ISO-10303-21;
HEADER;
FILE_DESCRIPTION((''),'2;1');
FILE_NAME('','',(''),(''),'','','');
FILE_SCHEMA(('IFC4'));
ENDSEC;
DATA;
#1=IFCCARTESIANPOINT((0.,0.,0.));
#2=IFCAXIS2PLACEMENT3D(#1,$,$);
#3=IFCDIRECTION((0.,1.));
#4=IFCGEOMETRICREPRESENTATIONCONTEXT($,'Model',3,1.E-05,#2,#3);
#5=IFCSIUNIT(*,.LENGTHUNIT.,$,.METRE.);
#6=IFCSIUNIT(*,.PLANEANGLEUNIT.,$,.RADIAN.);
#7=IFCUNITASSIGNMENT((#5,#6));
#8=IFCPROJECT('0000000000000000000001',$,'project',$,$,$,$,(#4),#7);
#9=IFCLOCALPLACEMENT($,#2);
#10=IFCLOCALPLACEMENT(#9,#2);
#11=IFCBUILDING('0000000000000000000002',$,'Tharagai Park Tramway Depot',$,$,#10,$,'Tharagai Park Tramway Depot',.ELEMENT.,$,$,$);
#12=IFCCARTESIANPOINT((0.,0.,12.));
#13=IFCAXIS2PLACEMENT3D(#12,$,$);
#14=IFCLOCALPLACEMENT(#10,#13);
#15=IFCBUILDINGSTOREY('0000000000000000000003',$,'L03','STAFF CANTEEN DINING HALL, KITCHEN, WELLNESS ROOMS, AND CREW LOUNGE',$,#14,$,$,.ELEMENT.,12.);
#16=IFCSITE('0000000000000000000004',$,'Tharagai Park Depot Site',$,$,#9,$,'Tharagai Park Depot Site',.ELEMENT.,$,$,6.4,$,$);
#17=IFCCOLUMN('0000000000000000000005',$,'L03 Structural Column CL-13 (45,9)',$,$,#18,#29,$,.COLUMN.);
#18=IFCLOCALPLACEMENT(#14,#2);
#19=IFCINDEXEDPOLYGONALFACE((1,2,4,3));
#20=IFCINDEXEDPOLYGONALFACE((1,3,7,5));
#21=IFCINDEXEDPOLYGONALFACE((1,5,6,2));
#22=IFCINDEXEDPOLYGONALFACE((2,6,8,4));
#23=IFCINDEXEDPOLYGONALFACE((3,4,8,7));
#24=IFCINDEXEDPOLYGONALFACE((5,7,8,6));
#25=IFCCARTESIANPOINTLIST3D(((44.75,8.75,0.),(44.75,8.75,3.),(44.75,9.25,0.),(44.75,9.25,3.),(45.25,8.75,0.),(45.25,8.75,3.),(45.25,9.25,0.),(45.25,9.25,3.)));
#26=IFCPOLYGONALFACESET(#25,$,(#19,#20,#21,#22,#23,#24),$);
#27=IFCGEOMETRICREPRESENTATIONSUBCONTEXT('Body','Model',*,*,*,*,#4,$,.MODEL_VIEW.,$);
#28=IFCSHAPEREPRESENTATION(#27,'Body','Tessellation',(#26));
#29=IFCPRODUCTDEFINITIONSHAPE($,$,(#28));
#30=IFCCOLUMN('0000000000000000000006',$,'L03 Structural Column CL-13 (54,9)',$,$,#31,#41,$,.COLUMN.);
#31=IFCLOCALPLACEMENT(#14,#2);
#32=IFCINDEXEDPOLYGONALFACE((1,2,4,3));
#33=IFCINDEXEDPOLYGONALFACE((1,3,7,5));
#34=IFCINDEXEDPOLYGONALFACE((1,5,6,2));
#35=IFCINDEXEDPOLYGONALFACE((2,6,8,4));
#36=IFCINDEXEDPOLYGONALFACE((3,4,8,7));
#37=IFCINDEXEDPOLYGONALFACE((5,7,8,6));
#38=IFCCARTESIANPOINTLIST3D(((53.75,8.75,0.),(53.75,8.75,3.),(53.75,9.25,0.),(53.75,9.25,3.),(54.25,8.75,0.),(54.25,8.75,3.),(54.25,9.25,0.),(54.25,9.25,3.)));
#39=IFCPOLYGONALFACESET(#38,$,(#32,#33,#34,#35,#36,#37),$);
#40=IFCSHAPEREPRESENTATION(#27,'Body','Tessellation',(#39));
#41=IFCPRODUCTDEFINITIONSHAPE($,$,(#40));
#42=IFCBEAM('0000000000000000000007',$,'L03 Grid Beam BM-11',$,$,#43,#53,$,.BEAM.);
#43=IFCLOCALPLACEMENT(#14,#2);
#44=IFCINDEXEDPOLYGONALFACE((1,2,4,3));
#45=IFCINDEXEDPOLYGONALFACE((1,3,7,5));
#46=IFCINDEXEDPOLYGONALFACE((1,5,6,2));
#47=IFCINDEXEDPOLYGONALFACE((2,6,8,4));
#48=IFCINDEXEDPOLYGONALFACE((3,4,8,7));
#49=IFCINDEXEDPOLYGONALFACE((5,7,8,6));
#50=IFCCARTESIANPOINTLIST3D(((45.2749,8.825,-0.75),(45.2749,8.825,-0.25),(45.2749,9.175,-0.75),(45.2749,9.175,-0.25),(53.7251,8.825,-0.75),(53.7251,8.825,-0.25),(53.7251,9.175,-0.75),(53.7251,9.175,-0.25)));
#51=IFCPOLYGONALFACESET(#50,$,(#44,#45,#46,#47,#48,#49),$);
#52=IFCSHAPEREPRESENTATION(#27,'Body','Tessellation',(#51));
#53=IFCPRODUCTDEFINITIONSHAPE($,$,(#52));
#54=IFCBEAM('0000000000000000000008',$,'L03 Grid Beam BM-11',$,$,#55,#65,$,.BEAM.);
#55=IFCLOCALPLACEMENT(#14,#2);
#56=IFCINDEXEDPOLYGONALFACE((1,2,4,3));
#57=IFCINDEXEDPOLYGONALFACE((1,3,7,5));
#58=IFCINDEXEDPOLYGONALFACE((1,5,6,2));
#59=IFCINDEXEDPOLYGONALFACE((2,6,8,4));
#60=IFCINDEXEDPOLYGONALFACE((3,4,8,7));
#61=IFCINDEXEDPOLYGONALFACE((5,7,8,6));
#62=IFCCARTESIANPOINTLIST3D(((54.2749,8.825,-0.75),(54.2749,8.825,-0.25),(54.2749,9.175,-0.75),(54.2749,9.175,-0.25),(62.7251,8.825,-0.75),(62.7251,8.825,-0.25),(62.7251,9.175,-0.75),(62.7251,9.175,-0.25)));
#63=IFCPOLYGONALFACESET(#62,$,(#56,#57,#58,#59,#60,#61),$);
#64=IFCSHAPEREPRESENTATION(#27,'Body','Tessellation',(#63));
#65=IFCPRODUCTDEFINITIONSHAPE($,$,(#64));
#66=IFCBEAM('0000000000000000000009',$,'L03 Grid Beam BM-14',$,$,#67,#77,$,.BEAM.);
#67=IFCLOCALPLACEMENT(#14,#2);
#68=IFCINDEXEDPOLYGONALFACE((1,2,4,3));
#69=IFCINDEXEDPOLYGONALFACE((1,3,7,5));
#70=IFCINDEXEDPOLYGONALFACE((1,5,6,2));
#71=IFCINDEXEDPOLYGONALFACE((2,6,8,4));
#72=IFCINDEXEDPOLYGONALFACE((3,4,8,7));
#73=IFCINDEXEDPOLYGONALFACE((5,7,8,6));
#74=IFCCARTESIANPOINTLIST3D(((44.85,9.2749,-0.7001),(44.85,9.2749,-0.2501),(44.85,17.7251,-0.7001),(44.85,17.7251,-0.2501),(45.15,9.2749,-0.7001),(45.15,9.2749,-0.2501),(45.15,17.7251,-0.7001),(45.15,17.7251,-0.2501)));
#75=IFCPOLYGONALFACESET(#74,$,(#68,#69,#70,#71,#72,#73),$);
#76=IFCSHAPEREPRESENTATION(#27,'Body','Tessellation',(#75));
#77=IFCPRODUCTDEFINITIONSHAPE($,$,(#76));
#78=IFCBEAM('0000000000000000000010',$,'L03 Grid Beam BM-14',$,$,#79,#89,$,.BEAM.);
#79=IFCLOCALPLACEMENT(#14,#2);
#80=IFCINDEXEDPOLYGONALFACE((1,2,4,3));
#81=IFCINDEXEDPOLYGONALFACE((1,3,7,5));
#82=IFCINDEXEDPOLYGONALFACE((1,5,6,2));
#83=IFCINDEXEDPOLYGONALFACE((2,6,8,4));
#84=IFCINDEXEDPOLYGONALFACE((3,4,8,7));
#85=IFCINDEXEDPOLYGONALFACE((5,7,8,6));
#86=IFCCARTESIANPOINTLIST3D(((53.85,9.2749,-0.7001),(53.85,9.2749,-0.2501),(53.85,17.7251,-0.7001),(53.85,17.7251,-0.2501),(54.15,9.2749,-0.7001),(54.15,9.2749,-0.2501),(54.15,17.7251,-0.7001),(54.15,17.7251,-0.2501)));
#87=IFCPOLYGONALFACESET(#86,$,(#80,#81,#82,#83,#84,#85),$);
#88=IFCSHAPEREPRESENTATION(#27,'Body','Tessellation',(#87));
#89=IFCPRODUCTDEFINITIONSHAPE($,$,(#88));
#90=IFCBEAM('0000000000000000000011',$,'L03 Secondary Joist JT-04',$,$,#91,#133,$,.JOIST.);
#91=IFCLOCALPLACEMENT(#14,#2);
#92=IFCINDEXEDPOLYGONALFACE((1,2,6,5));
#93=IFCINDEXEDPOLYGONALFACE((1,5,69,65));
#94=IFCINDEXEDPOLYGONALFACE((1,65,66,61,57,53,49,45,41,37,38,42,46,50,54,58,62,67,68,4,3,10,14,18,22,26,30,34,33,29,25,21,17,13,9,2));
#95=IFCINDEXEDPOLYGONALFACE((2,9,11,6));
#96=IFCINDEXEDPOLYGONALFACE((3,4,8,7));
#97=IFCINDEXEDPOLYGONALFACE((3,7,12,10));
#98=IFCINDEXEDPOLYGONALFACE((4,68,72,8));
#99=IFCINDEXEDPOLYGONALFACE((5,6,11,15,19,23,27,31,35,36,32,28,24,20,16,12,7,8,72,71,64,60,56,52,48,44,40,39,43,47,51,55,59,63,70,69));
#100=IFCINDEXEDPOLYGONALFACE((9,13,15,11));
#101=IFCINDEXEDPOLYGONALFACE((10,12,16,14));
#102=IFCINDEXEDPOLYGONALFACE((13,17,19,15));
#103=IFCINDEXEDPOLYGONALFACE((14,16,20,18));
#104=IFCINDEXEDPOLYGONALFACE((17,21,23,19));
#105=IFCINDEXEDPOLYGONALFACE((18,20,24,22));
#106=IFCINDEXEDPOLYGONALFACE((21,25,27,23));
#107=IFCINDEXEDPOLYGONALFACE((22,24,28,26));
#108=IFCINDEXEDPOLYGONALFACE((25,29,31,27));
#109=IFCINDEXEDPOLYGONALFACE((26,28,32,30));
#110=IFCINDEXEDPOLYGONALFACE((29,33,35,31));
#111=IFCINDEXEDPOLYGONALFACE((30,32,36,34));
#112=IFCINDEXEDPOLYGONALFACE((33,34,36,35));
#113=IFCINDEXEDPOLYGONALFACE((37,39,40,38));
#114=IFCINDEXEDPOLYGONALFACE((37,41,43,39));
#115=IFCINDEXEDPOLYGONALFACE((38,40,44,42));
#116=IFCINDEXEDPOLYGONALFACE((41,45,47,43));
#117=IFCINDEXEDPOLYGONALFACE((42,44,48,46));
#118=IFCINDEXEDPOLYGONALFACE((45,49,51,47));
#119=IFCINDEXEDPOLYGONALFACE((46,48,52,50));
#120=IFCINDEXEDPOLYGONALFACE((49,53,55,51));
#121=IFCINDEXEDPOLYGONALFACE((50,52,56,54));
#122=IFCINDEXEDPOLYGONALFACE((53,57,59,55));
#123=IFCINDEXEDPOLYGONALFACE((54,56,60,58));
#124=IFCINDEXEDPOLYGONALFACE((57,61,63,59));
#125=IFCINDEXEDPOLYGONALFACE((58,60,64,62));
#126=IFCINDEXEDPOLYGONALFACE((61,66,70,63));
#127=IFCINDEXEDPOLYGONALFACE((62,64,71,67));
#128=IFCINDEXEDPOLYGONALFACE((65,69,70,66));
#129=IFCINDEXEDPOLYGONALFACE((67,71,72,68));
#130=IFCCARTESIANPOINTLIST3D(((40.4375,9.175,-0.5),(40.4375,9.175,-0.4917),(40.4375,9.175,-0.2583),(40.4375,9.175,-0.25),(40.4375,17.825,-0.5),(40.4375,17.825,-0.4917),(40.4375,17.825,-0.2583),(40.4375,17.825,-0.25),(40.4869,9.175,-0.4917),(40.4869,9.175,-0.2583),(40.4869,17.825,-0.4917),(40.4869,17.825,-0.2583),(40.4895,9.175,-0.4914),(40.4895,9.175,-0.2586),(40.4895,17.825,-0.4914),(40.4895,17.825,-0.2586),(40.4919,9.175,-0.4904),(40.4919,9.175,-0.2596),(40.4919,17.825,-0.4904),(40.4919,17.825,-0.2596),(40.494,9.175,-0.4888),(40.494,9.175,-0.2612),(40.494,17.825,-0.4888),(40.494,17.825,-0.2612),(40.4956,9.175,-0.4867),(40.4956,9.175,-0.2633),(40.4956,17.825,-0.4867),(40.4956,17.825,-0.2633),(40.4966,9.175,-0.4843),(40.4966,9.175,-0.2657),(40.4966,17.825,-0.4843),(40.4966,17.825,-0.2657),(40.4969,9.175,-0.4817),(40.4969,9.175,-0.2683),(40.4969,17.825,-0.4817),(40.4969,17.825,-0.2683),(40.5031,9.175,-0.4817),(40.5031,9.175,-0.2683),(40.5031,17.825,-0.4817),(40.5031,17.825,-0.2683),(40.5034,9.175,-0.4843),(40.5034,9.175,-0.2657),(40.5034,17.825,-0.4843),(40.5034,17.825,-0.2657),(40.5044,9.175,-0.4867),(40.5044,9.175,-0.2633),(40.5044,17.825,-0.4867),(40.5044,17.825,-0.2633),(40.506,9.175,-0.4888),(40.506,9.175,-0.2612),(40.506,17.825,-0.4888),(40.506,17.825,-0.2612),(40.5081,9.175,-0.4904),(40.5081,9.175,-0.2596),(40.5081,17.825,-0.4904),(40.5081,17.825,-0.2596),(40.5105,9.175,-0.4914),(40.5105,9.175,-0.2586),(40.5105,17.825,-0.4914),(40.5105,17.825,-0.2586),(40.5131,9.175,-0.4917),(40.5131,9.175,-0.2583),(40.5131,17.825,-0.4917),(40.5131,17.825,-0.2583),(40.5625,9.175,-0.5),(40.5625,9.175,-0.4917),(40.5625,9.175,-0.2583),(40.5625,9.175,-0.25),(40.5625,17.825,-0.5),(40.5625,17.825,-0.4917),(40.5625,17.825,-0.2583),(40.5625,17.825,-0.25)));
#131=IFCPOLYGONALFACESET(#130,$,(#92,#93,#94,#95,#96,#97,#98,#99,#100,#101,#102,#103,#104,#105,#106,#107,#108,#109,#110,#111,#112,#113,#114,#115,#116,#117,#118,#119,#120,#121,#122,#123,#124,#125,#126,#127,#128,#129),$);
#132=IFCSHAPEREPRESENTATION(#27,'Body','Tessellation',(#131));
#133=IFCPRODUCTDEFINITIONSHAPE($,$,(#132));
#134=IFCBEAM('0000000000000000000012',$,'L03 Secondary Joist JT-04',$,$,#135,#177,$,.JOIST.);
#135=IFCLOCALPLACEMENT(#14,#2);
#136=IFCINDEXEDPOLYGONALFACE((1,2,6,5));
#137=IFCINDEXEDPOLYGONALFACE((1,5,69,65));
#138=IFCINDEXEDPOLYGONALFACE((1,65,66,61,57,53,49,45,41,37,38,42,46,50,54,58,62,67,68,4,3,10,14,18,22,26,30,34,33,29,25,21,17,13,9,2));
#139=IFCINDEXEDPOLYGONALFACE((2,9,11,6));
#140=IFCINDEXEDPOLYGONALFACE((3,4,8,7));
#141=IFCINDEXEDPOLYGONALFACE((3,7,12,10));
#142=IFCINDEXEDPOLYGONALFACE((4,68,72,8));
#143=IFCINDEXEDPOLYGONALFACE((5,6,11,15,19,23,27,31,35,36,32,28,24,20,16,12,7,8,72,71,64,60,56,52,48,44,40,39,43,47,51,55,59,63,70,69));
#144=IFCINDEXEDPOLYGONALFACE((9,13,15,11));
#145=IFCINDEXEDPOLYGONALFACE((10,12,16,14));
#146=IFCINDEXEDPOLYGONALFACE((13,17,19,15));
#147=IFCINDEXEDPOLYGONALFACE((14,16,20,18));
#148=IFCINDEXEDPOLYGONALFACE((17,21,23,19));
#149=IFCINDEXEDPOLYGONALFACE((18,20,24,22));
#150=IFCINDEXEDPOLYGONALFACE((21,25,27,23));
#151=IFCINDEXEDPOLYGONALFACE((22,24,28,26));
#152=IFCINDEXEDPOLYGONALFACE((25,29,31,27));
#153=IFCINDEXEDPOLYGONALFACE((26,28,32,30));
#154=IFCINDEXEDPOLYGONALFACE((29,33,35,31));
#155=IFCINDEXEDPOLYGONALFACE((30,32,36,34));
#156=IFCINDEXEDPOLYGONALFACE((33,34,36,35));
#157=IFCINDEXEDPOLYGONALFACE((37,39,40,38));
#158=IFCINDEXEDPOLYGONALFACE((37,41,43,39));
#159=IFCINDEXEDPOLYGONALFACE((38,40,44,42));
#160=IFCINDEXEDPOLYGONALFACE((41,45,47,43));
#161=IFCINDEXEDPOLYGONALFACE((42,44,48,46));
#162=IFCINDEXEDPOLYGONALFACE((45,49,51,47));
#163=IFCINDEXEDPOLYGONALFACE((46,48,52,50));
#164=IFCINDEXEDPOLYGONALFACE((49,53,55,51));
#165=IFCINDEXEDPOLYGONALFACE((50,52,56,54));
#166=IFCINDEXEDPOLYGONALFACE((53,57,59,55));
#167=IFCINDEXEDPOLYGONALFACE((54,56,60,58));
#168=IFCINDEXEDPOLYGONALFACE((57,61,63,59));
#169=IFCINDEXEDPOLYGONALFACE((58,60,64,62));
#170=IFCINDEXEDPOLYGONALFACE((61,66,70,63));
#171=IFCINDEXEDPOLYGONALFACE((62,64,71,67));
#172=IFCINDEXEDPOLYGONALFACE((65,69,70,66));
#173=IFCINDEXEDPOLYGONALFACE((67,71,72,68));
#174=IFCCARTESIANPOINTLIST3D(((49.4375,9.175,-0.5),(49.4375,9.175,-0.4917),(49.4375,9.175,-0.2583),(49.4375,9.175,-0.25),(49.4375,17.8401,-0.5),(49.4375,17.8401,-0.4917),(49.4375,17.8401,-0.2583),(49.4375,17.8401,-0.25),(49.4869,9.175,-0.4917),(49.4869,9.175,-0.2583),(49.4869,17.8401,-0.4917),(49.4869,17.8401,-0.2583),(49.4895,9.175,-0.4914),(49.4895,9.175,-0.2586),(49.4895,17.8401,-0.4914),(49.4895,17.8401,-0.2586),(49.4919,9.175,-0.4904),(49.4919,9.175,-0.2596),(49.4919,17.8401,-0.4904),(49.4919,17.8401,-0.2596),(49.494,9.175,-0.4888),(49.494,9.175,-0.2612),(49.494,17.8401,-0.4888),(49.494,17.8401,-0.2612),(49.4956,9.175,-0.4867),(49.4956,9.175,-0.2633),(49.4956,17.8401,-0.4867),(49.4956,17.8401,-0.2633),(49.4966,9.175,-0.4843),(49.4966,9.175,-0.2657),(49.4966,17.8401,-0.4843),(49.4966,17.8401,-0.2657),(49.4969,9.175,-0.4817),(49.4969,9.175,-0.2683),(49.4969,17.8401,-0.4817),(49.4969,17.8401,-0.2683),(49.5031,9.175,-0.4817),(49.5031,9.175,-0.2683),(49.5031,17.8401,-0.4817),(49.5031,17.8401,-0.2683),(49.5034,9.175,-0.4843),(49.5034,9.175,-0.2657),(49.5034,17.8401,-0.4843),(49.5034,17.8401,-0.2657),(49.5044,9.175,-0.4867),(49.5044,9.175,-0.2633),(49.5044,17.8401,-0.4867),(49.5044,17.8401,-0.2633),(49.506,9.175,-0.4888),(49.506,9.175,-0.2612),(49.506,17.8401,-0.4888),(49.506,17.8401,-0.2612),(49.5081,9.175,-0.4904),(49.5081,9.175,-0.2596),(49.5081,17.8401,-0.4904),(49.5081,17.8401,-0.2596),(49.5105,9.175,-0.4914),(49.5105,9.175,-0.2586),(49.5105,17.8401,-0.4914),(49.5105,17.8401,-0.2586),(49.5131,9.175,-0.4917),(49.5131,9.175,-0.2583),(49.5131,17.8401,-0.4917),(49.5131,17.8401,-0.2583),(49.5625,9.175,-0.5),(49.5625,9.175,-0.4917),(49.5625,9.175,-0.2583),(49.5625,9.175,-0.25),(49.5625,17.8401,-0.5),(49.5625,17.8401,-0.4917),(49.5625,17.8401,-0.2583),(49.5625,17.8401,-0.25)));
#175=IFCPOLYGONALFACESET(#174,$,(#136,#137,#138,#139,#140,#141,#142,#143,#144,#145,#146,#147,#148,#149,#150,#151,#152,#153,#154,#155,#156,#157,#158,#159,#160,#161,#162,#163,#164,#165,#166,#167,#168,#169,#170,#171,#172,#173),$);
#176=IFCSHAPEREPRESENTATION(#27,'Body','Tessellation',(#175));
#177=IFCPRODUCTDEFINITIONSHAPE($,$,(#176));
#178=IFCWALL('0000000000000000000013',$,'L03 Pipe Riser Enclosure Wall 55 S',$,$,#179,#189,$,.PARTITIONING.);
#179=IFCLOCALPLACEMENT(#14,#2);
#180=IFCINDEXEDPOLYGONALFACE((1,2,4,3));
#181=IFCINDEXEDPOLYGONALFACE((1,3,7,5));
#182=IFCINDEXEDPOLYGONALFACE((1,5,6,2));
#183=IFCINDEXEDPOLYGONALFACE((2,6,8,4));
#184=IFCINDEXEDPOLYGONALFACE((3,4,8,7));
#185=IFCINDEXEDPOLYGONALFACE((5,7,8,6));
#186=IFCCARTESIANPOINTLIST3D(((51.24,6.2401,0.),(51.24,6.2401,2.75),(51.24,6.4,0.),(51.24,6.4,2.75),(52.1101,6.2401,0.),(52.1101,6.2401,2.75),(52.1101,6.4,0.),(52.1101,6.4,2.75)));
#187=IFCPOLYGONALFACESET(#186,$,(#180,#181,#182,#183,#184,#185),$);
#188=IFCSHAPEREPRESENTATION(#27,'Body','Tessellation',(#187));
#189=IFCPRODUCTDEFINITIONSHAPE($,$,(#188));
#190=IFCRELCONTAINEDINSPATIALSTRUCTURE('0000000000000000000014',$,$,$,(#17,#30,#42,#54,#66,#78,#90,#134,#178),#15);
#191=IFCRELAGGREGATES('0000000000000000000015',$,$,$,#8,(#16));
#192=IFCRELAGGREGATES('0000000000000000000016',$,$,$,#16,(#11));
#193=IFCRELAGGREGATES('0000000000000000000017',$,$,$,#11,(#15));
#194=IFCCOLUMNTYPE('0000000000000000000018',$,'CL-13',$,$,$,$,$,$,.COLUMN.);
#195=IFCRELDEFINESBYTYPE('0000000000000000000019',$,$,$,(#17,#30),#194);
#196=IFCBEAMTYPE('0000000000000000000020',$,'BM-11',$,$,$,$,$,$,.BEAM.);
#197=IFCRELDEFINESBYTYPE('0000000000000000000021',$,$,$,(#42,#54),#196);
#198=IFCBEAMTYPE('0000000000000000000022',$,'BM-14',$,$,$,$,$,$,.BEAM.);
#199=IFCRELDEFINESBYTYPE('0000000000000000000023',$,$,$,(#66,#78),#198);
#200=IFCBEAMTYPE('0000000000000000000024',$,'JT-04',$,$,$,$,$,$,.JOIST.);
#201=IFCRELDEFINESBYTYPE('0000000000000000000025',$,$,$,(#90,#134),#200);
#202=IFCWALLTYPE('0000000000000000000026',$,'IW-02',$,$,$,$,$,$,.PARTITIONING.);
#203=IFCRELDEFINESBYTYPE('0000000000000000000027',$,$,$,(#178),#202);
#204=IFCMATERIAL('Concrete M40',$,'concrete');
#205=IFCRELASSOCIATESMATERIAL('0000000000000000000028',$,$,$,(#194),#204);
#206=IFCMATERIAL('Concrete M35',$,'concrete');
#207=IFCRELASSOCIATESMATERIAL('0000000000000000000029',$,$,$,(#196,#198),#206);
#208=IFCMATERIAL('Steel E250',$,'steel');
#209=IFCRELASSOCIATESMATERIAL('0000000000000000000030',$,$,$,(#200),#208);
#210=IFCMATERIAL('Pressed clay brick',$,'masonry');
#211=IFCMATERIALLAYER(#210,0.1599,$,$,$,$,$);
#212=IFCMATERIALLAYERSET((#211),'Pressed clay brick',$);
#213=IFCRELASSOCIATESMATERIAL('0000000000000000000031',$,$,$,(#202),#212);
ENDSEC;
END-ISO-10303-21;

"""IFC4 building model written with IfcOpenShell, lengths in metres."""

from ifc_helpers import new_model, si_unit, direction, frame, frame_2d, origin, origin_2d, place, context, subcontext, project, spatial, rectangle, i_section, extrude, material, layer, layer_set, material_profile, profile_set, type_object, element, save


model = new_model("IFC4")

# Units and contexts
model_context = context("Model", 3, precision=1e-05, world=origin(), true_north=direction((0.0, 1.0)))
body_context = subcontext(model_context, "Body", "Model", "MODEL_VIEW")
ifc_project = project(units=[si_unit("LENGTHUNIT", "METRE"), si_unit("PLANEANGLEUNIT", "RADIAN")], contexts=[model_context])

# Site, building, storey
site_placement = place(None, origin())
site = spatial("IfcSite", under=ifc_project, at=site_placement, Name="Tharagai Park Depot Site", LongName="Tharagai Park Depot Site", CompositionType="ELEMENT", RefElevation=6.4)
building_placement = place(site_placement, origin())
building = spatial("IfcBuilding", under=site, at=building_placement, Name="Tharagai Park Tramway Depot", LongName="Tharagai Park Tramway Depot", CompositionType="ELEMENT")
storey_placement = place(building_placement, frame((0.0, 0.0, 12.0)))
storey = spatial("IfcBuildingStorey", under=building, at=storey_placement, Name="L03", Description="STAFF CANTEEN DINING HALL, KITCHEN, WELLNESS ROOMS, AND CREW LOUNGE", CompositionType="ELEMENT", Elevation=12.0)

# Columns
ifc_material_1 = material(Name="Concrete M40", Category="concrete")
ifc_material_profile_1 = material_profile(ifc_material_1, rectangle(XDim=0.5, YDim=0.5, at=origin_2d()), Name="RC 500x500")
ifc_profile_set_1 = profile_set([ifc_material_profile_1], Name="Concrete M40")
column_type = type_object("IfcColumnType", Name="CL-13", PredefinedType="COLUMN", material=ifc_profile_set_1)
for number, where, z_axis, x_axis, name in (
    (1, (45.0, 9.0, 0.0), (0.0, 0.0, 1.0), (1.0, 0.0, 0.0), "L03 Structural Column CL-13 (45,9)"),
    (2, (54.0, 9.0, 0.0), (0.0, 0.0, 1.0), (1.0, 0.0, 0.0), "L03 Structural Column CL-13 (54,9)"),
):
    element("IfcColumn", number, at=place(storey_placement, frame(where, z_axis=z_axis, x_axis=x_axis)), inside=storey, type_object=column_type, Name=name, PredefinedType="COLUMN", context=body_context, shape_type="SweptSolid", body=[
        extrude(rectangle(XDim=0.5, YDim=0.5, at=origin_2d()), origin(), (0.0, 0.0, 1.0), 3.0),
    ])

# Beams
ifc_material_2 = material(Name="Concrete M35", Category="concrete")
ifc_material_profile_2 = material_profile(ifc_material_2, rectangle(XDim=0.3501, YDim=0.5, at=origin_2d()), Name="RC 350x500")
ifc_profile_set_2 = profile_set([ifc_material_profile_2], Name="Concrete M35")
beam_type_1 = type_object("IfcBeamType", Name="BM-11", PredefinedType="BEAM", material=ifc_profile_set_2)
for number, where, z_axis, x_axis, name in (
    (3, (45.2749, 9.0, -0.5), (1.0, 0.0, 0.0), (0.0, 1.0, 0.0), "L03 Grid Beam BM-11"),
    (4, (54.2749, 9.0, -0.5), (1.0, 0.0, 0.0), (0.0, 1.0, 0.0), "L03 Grid Beam BM-11"),
):
    element("IfcBeam", number, at=place(storey_placement, frame(where, z_axis=z_axis, x_axis=x_axis)), inside=storey, type_object=beam_type_1, Name=name, PredefinedType="BEAM", context=body_context, shape_type="SweptSolid", body=[
        extrude(rectangle(XDim=0.3501, YDim=0.5, at=origin_2d()), origin(), (0.0, 0.0, 1.0), 8.4502),
    ])
ifc_material_profile_3 = material_profile(ifc_material_2, rectangle(XDim=0.3, YDim=0.45, at=origin_2d()), Name="RC 300x450")
ifc_profile_set_3 = profile_set([ifc_material_profile_3], Name="Concrete M35")
beam_type_2 = type_object("IfcBeamType", Name="BM-14", PredefinedType="BEAM", material=ifc_profile_set_3)
for number, where, z_axis, x_axis, name in (
    (5, (45.0, 9.2749, -0.4751), (0.0, 1.0, 0.0), (-1.0, 0.0, 0.0), "L03 Grid Beam BM-14"),
    (6, (54.0, 9.2749, -0.4751), (0.0, 1.0, 0.0), (-1.0, 0.0, 0.0), "L03 Grid Beam BM-14"),
):
    element("IfcBeam", number, at=place(storey_placement, frame(where, z_axis=z_axis, x_axis=x_axis)), inside=storey, type_object=beam_type_2, Name=name, PredefinedType="BEAM", context=body_context, shape_type="SweptSolid", body=[
        extrude(rectangle(XDim=0.3, YDim=0.45, at=origin_2d()), origin(), (0.0, 0.0, 1.0), 8.4502),
    ])
ifc_material_3 = material(Name="Steel E250", Category="steel")
ifc_material_profile_4 = material_profile(ifc_material_3, i_section(OverallWidth=0.125, OverallDepth=0.25, WebThickness=0.0061, FlangeThickness=0.0083, FilletRadius=0.01, at=origin_2d()), Name="ISLB 250")
ifc_profile_set_4 = profile_set([ifc_material_profile_4], Name="Steel E250")
beam_type_3 = type_object("IfcBeamType", Name="JT-04", PredefinedType="JOIST", material=ifc_profile_set_4)
beam_1_placement = place(storey_placement, frame((40.5, 9.175, -0.375), z_axis=(0.0, 1.0, 0.0), x_axis=(-1.0, 0.0, 0.0)))
element("IfcBeam", 7, at=beam_1_placement, inside=storey, type_object=beam_type_3, Name="L03 Secondary Joist JT-04", PredefinedType="JOIST", context=body_context, shape_type="SweptSolid", body=[
    extrude(i_section(OverallWidth=0.125, OverallDepth=0.25, WebThickness=0.0061, FlangeThickness=0.0083, FilletRadius=0.01, at=origin_2d()), origin(), (0.0, 0.0, 1.0), 8.6499),
])
beam_2_placement = place(storey_placement, frame((49.5, 9.175, -0.375), z_axis=(0.0, 1.0, 0.0), x_axis=(-1.0, 0.0, 0.0)))
element("IfcBeam", 8, at=beam_2_placement, inside=storey, type_object=beam_type_3, Name="L03 Secondary Joist JT-04", PredefinedType="JOIST", context=body_context, shape_type="SweptSolid", body=[
    extrude(i_section(OverallWidth=0.125, OverallDepth=0.25, WebThickness=0.0061, FlangeThickness=0.0083, FilletRadius=0.01, at=origin_2d()), origin(), (0.0, 0.0, 1.0), 8.665),
])

# Wall
ifc_material_4 = material(Name="Pressed clay brick", Category="masonry")
ifc_layer_1 = layer(ifc_material_4, 0.1599)
ifc_layer_set_1 = layer_set([ifc_layer_1], Name="Pressed clay brick")
wall_type_1 = type_object("IfcWallType", Name="IW-02", PredefinedType="PARTITIONING", material=ifc_layer_set_1)
for number, where, z_axis, x_axis, name in (
    (9, (51.24, 6.3201, 0.0), (0.0, 0.0, 1.0), (1.0, 0.0, 0.0), "L03 Pipe Riser Enclosure Wall 55 S"),
):
    element("IfcWall", number, at=place(storey_placement, frame(where, z_axis=z_axis, x_axis=x_axis)), inside=storey, type_object=wall_type_1, Name=name, PredefinedType="PARTITIONING", context=body_context, shape_type="SweptSolid", body=[
        extrude(rectangle(XDim=0.8701, YDim=0.1599, at=frame_2d((0.4351, 0.0))), origin(), (0.0, 0.0, 1.0), 2.75),
    ])

save(model, "model.ifc")
